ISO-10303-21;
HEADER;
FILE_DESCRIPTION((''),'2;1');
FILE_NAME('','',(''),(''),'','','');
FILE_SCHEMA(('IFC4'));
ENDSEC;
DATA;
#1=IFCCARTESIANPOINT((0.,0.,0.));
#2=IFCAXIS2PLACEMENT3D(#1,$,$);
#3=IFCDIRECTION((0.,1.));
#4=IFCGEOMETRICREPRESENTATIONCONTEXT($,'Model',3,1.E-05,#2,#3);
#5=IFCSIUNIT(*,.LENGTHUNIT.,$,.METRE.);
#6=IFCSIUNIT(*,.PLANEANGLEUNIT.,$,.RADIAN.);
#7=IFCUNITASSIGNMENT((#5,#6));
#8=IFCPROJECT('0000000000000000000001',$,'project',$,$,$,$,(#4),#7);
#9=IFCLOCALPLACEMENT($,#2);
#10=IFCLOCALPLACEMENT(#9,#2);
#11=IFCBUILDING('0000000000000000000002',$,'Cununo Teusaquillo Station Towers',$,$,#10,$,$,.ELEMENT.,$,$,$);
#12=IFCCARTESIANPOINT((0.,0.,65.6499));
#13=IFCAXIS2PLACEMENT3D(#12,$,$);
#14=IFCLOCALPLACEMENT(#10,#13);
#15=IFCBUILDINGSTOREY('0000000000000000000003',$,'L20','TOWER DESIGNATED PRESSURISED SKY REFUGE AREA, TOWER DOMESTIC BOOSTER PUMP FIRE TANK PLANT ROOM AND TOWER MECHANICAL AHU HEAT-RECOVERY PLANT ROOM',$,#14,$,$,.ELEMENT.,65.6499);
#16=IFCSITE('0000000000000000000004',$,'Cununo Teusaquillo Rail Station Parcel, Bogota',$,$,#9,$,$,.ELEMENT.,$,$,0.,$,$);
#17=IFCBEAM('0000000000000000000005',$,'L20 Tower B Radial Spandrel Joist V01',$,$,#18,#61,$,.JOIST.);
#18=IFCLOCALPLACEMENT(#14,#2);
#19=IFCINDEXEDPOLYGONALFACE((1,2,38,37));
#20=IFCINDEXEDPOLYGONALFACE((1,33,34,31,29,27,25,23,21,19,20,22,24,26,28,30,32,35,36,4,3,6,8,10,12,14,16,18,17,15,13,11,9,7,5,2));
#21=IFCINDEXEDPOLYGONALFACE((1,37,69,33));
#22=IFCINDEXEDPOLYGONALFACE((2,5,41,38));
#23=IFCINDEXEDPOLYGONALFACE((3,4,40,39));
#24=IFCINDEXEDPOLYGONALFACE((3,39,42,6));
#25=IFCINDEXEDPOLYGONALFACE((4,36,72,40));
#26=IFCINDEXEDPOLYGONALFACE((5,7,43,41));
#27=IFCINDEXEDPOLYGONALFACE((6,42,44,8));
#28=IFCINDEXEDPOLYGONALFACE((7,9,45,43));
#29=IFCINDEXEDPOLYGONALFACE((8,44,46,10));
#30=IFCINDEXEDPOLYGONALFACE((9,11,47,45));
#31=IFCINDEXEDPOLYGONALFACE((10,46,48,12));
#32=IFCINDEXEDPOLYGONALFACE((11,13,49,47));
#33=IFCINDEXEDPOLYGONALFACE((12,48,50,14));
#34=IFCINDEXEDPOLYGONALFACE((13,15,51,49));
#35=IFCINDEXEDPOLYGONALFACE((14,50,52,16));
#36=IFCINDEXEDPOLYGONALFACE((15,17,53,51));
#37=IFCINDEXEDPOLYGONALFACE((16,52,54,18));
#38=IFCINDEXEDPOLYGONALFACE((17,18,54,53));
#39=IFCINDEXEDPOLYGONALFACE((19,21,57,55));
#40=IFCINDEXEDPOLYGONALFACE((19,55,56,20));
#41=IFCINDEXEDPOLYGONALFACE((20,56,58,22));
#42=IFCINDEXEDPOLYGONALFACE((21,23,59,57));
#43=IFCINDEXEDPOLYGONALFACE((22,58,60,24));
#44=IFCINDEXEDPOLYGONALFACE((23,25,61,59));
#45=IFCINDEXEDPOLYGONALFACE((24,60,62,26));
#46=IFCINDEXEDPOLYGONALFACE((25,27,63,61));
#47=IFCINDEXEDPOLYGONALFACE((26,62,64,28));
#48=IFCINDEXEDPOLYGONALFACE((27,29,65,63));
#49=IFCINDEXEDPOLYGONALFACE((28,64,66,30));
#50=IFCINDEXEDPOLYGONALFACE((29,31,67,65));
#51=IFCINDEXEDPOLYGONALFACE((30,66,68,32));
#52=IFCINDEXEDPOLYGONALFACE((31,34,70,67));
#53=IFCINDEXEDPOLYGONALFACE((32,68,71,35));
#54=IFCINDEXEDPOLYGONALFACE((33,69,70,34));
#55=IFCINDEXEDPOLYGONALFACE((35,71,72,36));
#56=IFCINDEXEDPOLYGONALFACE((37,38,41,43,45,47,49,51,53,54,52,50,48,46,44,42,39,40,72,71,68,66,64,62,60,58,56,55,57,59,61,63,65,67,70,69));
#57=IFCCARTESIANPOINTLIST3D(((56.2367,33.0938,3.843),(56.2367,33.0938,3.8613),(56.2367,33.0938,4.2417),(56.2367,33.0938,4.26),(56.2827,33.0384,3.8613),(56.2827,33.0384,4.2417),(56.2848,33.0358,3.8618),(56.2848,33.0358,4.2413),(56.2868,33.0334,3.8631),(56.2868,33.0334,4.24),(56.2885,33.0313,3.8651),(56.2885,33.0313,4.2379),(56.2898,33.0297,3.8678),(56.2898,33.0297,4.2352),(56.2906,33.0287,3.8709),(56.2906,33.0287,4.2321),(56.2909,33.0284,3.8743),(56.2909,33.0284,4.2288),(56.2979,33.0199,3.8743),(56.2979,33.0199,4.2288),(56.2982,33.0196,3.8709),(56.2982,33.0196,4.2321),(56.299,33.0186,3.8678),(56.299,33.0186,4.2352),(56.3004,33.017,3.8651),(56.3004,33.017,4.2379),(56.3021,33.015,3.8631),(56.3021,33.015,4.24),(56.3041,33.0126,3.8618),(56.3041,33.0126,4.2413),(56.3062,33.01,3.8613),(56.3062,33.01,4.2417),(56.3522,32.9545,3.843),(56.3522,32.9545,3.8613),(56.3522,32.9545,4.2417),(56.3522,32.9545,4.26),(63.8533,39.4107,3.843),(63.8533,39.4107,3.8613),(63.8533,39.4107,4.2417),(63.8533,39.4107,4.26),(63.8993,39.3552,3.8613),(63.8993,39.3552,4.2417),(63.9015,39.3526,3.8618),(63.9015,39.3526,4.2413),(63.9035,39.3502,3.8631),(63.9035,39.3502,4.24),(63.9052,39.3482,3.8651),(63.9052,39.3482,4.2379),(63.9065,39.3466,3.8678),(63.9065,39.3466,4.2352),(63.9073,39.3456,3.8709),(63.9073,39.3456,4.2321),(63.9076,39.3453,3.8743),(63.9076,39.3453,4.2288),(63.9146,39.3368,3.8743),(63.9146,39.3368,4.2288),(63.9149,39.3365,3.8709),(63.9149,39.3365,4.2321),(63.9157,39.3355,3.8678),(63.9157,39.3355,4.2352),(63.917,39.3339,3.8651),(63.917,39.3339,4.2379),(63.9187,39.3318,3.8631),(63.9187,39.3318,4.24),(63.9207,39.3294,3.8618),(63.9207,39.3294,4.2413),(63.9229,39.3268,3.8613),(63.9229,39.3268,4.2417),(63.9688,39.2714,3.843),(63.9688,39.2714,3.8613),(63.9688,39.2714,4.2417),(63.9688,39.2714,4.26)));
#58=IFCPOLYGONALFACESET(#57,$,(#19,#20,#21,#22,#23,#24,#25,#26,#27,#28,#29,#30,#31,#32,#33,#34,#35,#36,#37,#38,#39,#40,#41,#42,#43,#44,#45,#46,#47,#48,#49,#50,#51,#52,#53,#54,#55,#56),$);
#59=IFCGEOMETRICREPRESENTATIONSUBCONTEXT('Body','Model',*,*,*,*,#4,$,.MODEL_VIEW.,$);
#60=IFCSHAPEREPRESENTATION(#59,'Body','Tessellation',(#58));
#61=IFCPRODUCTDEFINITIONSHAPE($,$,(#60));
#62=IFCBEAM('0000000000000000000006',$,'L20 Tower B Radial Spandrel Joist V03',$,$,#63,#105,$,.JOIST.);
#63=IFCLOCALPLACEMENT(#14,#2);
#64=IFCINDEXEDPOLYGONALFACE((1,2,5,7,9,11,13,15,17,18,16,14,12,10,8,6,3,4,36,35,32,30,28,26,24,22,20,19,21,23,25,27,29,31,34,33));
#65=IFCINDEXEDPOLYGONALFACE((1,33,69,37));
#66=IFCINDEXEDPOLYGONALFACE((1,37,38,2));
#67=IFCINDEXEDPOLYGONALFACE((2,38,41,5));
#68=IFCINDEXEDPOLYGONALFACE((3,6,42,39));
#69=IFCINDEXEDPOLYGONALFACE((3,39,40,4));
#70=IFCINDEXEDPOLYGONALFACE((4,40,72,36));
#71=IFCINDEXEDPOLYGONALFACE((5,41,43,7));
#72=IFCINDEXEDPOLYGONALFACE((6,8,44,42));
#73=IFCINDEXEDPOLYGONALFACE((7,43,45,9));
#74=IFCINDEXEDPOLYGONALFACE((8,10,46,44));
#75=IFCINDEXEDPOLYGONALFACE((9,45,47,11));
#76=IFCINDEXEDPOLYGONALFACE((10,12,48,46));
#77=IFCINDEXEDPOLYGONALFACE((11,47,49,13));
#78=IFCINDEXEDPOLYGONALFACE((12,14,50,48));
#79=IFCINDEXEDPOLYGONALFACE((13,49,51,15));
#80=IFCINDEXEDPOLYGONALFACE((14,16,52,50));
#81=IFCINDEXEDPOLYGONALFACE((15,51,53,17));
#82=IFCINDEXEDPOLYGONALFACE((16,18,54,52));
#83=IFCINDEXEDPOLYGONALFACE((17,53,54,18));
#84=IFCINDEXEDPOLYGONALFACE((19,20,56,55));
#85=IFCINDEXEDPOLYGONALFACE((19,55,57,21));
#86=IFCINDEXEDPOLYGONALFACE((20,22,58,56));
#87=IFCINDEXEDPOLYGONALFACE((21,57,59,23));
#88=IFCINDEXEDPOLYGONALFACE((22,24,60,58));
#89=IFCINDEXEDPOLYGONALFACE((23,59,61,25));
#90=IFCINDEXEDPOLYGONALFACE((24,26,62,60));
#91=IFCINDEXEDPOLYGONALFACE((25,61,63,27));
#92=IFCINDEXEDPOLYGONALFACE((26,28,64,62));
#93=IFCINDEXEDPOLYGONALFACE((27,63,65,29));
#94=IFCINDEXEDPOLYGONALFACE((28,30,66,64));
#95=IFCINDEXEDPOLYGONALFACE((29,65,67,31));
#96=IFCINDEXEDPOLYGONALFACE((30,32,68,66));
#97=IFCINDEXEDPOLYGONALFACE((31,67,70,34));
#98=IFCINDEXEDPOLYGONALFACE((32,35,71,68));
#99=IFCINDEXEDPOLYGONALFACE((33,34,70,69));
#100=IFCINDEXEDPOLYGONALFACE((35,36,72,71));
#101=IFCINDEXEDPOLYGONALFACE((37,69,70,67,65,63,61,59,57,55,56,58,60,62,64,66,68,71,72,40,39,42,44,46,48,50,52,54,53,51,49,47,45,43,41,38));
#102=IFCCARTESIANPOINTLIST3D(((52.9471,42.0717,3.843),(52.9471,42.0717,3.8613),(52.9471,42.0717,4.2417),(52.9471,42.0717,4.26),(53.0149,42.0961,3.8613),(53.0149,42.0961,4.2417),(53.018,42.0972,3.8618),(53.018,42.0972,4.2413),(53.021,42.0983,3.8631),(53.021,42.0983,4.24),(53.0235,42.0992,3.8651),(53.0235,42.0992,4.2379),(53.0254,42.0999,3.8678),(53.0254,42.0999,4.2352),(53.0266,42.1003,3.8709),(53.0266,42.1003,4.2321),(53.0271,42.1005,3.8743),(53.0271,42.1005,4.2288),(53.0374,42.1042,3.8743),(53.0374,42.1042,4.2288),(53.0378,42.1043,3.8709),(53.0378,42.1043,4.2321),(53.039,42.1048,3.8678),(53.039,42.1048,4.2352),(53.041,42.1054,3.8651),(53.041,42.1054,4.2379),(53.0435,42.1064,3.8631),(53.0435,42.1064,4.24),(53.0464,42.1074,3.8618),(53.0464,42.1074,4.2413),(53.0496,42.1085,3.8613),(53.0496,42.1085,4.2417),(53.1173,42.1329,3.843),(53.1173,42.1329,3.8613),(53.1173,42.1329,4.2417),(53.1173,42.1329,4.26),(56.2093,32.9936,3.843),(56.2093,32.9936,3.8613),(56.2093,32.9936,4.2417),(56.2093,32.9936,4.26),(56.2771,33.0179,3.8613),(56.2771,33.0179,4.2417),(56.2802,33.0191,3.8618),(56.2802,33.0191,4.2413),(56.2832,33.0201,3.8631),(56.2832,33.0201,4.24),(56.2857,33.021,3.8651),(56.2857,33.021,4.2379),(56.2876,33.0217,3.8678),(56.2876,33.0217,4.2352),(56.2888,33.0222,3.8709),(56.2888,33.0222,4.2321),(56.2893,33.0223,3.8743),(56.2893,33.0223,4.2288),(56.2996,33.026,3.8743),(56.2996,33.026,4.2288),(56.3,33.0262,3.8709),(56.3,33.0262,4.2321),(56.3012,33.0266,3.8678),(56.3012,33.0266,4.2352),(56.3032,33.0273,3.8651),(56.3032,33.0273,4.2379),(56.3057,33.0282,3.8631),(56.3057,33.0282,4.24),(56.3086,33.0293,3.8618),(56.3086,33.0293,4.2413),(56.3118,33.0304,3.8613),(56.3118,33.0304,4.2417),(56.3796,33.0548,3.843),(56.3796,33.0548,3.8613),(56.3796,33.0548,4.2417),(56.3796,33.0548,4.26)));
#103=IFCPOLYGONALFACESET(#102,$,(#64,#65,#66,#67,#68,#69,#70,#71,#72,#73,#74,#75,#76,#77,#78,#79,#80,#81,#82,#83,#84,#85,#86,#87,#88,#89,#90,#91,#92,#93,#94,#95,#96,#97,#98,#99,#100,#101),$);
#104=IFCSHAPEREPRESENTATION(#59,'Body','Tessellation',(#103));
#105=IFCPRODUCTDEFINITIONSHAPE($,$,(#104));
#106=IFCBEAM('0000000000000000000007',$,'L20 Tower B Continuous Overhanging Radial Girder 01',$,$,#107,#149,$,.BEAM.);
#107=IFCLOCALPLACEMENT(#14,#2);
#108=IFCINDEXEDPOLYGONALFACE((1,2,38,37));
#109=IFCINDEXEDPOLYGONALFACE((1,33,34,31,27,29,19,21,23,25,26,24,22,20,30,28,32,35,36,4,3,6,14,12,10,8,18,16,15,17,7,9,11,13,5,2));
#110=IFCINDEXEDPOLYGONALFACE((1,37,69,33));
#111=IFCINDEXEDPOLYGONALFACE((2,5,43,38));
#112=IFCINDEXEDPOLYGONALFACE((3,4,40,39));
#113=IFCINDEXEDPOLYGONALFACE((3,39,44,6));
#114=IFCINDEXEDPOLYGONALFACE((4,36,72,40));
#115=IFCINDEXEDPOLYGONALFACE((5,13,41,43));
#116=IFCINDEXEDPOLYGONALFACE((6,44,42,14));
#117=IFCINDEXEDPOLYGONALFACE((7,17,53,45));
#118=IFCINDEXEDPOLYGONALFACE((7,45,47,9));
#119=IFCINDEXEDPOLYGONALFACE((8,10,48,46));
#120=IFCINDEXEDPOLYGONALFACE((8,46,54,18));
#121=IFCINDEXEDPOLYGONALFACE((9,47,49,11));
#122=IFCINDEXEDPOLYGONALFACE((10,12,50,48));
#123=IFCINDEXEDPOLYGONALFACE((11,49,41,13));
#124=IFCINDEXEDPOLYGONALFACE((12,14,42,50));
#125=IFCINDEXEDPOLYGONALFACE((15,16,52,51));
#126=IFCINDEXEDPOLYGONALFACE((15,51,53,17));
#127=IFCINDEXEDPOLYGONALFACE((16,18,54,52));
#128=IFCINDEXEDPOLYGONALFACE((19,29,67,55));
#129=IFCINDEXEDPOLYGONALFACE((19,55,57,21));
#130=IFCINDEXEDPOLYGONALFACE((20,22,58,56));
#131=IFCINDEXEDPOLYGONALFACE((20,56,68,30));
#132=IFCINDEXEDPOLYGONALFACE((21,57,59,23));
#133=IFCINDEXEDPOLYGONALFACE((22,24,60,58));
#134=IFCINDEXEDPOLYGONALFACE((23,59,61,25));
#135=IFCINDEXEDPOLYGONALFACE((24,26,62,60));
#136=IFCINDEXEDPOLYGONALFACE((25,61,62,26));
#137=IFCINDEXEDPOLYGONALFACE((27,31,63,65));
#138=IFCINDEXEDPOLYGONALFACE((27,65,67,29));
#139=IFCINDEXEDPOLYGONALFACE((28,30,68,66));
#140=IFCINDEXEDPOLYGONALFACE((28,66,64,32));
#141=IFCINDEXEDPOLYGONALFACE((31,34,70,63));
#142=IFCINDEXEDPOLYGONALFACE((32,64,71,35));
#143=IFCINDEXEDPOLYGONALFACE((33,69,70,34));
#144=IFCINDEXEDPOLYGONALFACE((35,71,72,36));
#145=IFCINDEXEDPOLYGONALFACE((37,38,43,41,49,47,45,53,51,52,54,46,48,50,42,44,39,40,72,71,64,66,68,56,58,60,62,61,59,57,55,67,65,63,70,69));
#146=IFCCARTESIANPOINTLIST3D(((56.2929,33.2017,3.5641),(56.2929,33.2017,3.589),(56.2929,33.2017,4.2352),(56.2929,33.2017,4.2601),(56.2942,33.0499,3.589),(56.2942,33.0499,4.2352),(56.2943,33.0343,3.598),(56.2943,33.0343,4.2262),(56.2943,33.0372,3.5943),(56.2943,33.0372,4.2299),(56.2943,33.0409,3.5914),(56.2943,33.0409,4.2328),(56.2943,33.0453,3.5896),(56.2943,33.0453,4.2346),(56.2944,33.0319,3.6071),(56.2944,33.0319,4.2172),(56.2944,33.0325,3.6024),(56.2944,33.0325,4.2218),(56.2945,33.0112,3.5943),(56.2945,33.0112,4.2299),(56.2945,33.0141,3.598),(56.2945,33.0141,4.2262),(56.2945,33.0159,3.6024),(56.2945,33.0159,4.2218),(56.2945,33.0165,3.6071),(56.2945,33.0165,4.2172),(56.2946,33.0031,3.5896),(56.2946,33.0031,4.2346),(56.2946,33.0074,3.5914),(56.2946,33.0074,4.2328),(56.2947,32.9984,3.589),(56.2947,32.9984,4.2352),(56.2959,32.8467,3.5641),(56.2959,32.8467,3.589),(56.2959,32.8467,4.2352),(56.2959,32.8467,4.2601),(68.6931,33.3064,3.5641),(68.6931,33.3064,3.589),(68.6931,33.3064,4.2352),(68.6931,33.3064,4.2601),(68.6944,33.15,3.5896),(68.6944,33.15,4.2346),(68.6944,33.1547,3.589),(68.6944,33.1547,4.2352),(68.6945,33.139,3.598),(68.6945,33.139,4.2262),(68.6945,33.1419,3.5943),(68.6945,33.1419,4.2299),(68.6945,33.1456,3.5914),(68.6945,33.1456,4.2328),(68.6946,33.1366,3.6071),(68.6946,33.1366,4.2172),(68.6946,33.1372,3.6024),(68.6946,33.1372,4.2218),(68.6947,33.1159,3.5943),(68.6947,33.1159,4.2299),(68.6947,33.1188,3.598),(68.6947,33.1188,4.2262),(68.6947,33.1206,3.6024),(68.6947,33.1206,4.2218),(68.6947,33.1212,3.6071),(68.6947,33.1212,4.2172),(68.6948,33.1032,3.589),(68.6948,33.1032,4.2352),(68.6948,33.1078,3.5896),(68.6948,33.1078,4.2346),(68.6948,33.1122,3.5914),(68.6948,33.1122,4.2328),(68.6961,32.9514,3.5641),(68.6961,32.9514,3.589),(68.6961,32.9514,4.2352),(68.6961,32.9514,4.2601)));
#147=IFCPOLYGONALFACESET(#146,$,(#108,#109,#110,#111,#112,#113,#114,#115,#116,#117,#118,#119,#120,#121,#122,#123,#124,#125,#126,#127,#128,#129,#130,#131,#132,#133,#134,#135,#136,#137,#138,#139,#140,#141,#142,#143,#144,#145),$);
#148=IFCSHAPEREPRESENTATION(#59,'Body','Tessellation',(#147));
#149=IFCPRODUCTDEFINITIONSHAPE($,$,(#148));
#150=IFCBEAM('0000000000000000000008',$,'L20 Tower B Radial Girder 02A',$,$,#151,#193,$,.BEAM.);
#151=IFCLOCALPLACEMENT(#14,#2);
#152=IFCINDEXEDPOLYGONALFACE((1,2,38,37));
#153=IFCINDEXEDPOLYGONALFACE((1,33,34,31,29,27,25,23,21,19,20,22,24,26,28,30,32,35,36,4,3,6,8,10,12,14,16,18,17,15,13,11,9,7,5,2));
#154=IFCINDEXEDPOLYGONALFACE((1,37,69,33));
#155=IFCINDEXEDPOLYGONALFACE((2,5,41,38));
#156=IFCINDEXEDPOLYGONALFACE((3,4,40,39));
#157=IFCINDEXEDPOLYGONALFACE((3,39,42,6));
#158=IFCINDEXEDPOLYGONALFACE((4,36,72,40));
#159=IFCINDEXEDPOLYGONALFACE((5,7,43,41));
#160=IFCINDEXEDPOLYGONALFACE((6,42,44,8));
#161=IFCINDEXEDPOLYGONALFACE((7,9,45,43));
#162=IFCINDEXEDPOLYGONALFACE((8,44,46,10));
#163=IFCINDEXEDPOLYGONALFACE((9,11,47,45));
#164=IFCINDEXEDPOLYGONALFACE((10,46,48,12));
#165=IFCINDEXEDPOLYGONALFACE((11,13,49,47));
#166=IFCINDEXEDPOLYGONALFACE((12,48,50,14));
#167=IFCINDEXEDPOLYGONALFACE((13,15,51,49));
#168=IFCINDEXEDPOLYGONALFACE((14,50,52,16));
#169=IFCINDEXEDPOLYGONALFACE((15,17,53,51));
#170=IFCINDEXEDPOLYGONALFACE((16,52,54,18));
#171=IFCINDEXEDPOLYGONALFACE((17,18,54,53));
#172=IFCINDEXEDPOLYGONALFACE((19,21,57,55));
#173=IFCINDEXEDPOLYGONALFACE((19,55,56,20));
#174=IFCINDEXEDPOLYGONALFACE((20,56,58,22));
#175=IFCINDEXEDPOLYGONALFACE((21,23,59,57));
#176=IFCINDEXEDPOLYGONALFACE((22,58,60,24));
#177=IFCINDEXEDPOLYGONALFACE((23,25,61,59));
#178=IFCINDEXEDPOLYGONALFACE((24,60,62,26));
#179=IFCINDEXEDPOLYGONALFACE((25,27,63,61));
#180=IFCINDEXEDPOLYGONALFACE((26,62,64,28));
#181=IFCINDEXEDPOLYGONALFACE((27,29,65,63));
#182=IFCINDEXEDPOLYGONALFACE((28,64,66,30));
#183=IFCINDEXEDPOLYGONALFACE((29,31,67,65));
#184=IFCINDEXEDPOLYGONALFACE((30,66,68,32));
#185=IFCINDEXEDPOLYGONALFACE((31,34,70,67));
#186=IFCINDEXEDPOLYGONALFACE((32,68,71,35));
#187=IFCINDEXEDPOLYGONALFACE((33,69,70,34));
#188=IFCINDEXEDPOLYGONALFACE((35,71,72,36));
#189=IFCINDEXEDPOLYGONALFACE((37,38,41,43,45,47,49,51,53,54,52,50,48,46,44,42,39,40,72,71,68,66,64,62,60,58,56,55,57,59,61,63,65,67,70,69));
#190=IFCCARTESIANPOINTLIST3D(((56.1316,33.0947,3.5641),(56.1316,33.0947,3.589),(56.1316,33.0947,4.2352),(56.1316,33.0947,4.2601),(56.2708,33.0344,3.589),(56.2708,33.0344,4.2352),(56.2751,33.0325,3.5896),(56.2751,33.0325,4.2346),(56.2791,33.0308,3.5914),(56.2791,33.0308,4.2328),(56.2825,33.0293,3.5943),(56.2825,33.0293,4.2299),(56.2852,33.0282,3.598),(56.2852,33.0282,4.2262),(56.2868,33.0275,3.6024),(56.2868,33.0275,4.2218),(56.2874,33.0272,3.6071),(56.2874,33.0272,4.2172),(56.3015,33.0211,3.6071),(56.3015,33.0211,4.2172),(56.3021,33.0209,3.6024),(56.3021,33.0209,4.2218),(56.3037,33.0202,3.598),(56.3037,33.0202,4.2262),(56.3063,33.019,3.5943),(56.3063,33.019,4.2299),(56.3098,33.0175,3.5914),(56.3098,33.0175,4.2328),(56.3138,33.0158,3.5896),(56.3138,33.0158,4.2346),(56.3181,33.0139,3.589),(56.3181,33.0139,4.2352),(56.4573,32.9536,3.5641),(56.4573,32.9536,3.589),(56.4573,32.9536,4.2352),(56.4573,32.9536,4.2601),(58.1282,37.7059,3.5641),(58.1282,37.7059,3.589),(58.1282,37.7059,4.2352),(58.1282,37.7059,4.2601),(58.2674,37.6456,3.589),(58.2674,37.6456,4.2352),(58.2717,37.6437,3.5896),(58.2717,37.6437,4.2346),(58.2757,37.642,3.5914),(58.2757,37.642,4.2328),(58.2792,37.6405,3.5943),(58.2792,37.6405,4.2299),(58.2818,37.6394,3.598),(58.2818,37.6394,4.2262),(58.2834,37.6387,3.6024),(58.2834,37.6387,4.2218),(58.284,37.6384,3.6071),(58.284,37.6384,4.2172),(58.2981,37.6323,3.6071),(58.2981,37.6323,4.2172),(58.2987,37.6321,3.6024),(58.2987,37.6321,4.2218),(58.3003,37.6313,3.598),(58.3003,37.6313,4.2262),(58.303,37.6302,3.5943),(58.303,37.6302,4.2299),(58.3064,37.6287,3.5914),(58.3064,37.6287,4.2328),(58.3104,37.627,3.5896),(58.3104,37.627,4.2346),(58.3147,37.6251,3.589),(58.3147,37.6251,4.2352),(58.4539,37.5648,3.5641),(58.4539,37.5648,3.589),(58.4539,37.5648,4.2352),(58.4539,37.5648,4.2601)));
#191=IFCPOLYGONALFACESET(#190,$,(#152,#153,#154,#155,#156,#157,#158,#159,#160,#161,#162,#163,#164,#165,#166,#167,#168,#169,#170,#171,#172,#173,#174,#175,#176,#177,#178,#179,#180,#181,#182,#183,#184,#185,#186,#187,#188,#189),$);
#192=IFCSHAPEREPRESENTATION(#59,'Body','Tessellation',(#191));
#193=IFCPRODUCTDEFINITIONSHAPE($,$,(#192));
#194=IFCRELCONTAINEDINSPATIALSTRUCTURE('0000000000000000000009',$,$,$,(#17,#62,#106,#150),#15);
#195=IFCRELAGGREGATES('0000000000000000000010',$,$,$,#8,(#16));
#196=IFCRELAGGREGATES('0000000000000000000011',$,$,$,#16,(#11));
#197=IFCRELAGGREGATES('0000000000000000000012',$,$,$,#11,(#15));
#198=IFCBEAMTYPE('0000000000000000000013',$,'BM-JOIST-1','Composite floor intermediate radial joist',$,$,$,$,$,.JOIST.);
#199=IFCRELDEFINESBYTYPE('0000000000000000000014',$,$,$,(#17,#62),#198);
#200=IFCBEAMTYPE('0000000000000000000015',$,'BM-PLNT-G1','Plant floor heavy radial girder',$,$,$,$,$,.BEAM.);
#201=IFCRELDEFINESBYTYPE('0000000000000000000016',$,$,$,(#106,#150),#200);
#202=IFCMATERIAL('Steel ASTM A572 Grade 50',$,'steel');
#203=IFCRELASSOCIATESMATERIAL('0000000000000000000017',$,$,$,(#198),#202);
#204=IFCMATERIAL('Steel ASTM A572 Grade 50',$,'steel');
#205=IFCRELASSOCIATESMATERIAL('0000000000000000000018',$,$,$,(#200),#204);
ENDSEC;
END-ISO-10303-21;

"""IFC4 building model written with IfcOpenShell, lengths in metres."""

from ifc_helpers import new_model, si_unit, direction, frame, origin, origin_2d, place, context, subcontext, project, spatial, i_section, extrude, material, material_profile, profile_set, type_object, element, save


model = new_model("IFC4")

# Units and contexts
model_context = context("Model", 3, precision=1e-05, world=origin(), true_north=direction((0.0, 1.0)))
body_context = subcontext(model_context, "Body", "Model", "MODEL_VIEW")
ifc_project = project(units=[si_unit("LENGTHUNIT", "METRE"), si_unit("PLANEANGLEUNIT", "RADIAN")], contexts=[model_context])

# Site, building, storey
site_placement = place(None, origin())
site = spatial("IfcSite", under=ifc_project, at=site_placement, Name="Cununo Teusaquillo Rail Station Parcel, Bogota", CompositionType="ELEMENT", RefElevation=0.0)
building_placement = place(site_placement, origin())
building = spatial("IfcBuilding", under=site, at=building_placement, Name="Cununo Teusaquillo Station Towers", CompositionType="ELEMENT")
storey_placement = place(building_placement, frame((0.0, 0.0, 65.6499)))
storey = spatial("IfcBuildingStorey", under=building, at=storey_placement, Name="L20", Description="TOWER DESIGNATED PRESSURISED SKY REFUGE AREA, TOWER DOMESTIC BOOSTER PUMP FIRE TANK PLANT ROOM AND TOWER MECHANICAL AHU HEAT-RECOVERY PLANT ROOM", CompositionType="ELEMENT", Elevation=65.6499)

# Beams
ifc_material_1 = material(Name="Steel ASTM A572 Grade 50", Category="steel")
ifc_material_profile_1 = material_profile(ifc_material_1, i_section(OverallWidth=0.1809, OverallDepth=0.417, WebThickness=0.011, FlangeThickness=0.0183, FilletRadius=0.0129, at=origin_2d()), Name="W16X57")
ifc_profile_set_1 = profile_set([ifc_material_profile_1], Name="Steel ASTM A572 Grade 50")
beam_type_1 = type_object("IfcBeamType", Name="BM-JOIST-1", Description="Composite floor intermediate radial joist", PredefinedType="JOIST", material=ifc_profile_set_1)
beam_1_placement = place(storey_placement, frame((56.2944, 33.0242, 4.0515), z_axis=(0.769728, 0.638372, 0.0), x_axis=(-0.638372, 0.769728, 0.0)))
element("IfcBeam", 1, at=beam_1_placement, inside=storey, type_object=beam_type_1, Name="L20 Tower B Radial Spandrel Joist V01", PredefinedType="JOIST", context=body_context, shape_type="SweptSolid", body=[
    extrude(i_section(OverallWidth=0.1809, OverallDepth=0.417, WebThickness=0.011, FlangeThickness=0.0183, FilletRadius=0.0129, at=origin_2d()), origin(), (0.0, 0.0, 1.0), 9.8953),
])
beam_2_placement = place(storey_placement, frame((56.2944, 33.0242, 4.0515), z_axis=(-0.338176, 0.941083, 0.0), x_axis=(-0.941083, -0.338176, 0.0)))
element("IfcBeam", 2, at=beam_2_placement, inside=storey, type_object=beam_type_1, Name="L20 Tower B Radial Spandrel Joist V03", PredefinedType="JOIST", context=body_context, shape_type="SweptSolid", body=[
    extrude(i_section(OverallWidth=0.1809, OverallDepth=0.417, WebThickness=0.011, FlangeThickness=0.0183, FilletRadius=0.0129, at=origin_2d()), origin(), (0.0, 0.0, 1.0), 9.6465),
])
ifc_material_2 = material(Name="Steel ASTM A572 Grade 50", Category="steel")
ifc_material_profile_2 = material_profile(ifc_material_2, i_section(OverallWidth=0.355, OverallDepth=0.696, WebThickness=0.0154, FlangeThickness=0.0249, FilletRadius=0.0181, at=origin_2d()), Name="W27X146")
ifc_profile_set_2 = profile_set([ifc_material_profile_2], Name="Steel ASTM A572 Grade 50")
beam_type_2 = type_object("IfcBeamType", Name="BM-PLNT-G1", Description="Plant floor heavy radial girder", PredefinedType="BEAM", material=ifc_profile_set_2)
beam_3_placement = place(storey_placement, frame((56.2944, 33.0242, 3.9121), z_axis=(0.999964, 0.008446, 0.0), x_axis=(-0.008446, 0.999964, 0.0)))
element("IfcBeam", 3, at=beam_3_placement, inside=storey, type_object=beam_type_2, Name="L20 Tower B Continuous Overhanging Radial Girder 01", PredefinedType="BEAM", context=body_context, shape_type="SweptSolid", body=[
    extrude(i_section(OverallWidth=0.355, OverallDepth=0.696, WebThickness=0.0154, FlangeThickness=0.0249, FilletRadius=0.0181, at=origin_2d()), origin(), (0.0, 0.0, 1.0), 12.4006),
])
beam_4_placement = place(storey_placement, frame((56.2944, 33.0242, 3.9121), z_axis=(0.397347, 0.917668, 0.0), x_axis=(-0.917668, 0.397347, 0.0)))
element("IfcBeam", 4, at=beam_4_placement, inside=storey, type_object=beam_type_2, Name="L20 Tower B Radial Girder 02A", PredefinedType="BEAM", context=body_context, shape_type="SweptSolid", body=[
    extrude(i_section(OverallWidth=0.355, OverallDepth=0.696, WebThickness=0.0154, FlangeThickness=0.0249, FilletRadius=0.0181, at=origin_2d()), origin(), (0.0, 0.0, 1.0), 5.0249),
])

save(model, "model.ifc")
